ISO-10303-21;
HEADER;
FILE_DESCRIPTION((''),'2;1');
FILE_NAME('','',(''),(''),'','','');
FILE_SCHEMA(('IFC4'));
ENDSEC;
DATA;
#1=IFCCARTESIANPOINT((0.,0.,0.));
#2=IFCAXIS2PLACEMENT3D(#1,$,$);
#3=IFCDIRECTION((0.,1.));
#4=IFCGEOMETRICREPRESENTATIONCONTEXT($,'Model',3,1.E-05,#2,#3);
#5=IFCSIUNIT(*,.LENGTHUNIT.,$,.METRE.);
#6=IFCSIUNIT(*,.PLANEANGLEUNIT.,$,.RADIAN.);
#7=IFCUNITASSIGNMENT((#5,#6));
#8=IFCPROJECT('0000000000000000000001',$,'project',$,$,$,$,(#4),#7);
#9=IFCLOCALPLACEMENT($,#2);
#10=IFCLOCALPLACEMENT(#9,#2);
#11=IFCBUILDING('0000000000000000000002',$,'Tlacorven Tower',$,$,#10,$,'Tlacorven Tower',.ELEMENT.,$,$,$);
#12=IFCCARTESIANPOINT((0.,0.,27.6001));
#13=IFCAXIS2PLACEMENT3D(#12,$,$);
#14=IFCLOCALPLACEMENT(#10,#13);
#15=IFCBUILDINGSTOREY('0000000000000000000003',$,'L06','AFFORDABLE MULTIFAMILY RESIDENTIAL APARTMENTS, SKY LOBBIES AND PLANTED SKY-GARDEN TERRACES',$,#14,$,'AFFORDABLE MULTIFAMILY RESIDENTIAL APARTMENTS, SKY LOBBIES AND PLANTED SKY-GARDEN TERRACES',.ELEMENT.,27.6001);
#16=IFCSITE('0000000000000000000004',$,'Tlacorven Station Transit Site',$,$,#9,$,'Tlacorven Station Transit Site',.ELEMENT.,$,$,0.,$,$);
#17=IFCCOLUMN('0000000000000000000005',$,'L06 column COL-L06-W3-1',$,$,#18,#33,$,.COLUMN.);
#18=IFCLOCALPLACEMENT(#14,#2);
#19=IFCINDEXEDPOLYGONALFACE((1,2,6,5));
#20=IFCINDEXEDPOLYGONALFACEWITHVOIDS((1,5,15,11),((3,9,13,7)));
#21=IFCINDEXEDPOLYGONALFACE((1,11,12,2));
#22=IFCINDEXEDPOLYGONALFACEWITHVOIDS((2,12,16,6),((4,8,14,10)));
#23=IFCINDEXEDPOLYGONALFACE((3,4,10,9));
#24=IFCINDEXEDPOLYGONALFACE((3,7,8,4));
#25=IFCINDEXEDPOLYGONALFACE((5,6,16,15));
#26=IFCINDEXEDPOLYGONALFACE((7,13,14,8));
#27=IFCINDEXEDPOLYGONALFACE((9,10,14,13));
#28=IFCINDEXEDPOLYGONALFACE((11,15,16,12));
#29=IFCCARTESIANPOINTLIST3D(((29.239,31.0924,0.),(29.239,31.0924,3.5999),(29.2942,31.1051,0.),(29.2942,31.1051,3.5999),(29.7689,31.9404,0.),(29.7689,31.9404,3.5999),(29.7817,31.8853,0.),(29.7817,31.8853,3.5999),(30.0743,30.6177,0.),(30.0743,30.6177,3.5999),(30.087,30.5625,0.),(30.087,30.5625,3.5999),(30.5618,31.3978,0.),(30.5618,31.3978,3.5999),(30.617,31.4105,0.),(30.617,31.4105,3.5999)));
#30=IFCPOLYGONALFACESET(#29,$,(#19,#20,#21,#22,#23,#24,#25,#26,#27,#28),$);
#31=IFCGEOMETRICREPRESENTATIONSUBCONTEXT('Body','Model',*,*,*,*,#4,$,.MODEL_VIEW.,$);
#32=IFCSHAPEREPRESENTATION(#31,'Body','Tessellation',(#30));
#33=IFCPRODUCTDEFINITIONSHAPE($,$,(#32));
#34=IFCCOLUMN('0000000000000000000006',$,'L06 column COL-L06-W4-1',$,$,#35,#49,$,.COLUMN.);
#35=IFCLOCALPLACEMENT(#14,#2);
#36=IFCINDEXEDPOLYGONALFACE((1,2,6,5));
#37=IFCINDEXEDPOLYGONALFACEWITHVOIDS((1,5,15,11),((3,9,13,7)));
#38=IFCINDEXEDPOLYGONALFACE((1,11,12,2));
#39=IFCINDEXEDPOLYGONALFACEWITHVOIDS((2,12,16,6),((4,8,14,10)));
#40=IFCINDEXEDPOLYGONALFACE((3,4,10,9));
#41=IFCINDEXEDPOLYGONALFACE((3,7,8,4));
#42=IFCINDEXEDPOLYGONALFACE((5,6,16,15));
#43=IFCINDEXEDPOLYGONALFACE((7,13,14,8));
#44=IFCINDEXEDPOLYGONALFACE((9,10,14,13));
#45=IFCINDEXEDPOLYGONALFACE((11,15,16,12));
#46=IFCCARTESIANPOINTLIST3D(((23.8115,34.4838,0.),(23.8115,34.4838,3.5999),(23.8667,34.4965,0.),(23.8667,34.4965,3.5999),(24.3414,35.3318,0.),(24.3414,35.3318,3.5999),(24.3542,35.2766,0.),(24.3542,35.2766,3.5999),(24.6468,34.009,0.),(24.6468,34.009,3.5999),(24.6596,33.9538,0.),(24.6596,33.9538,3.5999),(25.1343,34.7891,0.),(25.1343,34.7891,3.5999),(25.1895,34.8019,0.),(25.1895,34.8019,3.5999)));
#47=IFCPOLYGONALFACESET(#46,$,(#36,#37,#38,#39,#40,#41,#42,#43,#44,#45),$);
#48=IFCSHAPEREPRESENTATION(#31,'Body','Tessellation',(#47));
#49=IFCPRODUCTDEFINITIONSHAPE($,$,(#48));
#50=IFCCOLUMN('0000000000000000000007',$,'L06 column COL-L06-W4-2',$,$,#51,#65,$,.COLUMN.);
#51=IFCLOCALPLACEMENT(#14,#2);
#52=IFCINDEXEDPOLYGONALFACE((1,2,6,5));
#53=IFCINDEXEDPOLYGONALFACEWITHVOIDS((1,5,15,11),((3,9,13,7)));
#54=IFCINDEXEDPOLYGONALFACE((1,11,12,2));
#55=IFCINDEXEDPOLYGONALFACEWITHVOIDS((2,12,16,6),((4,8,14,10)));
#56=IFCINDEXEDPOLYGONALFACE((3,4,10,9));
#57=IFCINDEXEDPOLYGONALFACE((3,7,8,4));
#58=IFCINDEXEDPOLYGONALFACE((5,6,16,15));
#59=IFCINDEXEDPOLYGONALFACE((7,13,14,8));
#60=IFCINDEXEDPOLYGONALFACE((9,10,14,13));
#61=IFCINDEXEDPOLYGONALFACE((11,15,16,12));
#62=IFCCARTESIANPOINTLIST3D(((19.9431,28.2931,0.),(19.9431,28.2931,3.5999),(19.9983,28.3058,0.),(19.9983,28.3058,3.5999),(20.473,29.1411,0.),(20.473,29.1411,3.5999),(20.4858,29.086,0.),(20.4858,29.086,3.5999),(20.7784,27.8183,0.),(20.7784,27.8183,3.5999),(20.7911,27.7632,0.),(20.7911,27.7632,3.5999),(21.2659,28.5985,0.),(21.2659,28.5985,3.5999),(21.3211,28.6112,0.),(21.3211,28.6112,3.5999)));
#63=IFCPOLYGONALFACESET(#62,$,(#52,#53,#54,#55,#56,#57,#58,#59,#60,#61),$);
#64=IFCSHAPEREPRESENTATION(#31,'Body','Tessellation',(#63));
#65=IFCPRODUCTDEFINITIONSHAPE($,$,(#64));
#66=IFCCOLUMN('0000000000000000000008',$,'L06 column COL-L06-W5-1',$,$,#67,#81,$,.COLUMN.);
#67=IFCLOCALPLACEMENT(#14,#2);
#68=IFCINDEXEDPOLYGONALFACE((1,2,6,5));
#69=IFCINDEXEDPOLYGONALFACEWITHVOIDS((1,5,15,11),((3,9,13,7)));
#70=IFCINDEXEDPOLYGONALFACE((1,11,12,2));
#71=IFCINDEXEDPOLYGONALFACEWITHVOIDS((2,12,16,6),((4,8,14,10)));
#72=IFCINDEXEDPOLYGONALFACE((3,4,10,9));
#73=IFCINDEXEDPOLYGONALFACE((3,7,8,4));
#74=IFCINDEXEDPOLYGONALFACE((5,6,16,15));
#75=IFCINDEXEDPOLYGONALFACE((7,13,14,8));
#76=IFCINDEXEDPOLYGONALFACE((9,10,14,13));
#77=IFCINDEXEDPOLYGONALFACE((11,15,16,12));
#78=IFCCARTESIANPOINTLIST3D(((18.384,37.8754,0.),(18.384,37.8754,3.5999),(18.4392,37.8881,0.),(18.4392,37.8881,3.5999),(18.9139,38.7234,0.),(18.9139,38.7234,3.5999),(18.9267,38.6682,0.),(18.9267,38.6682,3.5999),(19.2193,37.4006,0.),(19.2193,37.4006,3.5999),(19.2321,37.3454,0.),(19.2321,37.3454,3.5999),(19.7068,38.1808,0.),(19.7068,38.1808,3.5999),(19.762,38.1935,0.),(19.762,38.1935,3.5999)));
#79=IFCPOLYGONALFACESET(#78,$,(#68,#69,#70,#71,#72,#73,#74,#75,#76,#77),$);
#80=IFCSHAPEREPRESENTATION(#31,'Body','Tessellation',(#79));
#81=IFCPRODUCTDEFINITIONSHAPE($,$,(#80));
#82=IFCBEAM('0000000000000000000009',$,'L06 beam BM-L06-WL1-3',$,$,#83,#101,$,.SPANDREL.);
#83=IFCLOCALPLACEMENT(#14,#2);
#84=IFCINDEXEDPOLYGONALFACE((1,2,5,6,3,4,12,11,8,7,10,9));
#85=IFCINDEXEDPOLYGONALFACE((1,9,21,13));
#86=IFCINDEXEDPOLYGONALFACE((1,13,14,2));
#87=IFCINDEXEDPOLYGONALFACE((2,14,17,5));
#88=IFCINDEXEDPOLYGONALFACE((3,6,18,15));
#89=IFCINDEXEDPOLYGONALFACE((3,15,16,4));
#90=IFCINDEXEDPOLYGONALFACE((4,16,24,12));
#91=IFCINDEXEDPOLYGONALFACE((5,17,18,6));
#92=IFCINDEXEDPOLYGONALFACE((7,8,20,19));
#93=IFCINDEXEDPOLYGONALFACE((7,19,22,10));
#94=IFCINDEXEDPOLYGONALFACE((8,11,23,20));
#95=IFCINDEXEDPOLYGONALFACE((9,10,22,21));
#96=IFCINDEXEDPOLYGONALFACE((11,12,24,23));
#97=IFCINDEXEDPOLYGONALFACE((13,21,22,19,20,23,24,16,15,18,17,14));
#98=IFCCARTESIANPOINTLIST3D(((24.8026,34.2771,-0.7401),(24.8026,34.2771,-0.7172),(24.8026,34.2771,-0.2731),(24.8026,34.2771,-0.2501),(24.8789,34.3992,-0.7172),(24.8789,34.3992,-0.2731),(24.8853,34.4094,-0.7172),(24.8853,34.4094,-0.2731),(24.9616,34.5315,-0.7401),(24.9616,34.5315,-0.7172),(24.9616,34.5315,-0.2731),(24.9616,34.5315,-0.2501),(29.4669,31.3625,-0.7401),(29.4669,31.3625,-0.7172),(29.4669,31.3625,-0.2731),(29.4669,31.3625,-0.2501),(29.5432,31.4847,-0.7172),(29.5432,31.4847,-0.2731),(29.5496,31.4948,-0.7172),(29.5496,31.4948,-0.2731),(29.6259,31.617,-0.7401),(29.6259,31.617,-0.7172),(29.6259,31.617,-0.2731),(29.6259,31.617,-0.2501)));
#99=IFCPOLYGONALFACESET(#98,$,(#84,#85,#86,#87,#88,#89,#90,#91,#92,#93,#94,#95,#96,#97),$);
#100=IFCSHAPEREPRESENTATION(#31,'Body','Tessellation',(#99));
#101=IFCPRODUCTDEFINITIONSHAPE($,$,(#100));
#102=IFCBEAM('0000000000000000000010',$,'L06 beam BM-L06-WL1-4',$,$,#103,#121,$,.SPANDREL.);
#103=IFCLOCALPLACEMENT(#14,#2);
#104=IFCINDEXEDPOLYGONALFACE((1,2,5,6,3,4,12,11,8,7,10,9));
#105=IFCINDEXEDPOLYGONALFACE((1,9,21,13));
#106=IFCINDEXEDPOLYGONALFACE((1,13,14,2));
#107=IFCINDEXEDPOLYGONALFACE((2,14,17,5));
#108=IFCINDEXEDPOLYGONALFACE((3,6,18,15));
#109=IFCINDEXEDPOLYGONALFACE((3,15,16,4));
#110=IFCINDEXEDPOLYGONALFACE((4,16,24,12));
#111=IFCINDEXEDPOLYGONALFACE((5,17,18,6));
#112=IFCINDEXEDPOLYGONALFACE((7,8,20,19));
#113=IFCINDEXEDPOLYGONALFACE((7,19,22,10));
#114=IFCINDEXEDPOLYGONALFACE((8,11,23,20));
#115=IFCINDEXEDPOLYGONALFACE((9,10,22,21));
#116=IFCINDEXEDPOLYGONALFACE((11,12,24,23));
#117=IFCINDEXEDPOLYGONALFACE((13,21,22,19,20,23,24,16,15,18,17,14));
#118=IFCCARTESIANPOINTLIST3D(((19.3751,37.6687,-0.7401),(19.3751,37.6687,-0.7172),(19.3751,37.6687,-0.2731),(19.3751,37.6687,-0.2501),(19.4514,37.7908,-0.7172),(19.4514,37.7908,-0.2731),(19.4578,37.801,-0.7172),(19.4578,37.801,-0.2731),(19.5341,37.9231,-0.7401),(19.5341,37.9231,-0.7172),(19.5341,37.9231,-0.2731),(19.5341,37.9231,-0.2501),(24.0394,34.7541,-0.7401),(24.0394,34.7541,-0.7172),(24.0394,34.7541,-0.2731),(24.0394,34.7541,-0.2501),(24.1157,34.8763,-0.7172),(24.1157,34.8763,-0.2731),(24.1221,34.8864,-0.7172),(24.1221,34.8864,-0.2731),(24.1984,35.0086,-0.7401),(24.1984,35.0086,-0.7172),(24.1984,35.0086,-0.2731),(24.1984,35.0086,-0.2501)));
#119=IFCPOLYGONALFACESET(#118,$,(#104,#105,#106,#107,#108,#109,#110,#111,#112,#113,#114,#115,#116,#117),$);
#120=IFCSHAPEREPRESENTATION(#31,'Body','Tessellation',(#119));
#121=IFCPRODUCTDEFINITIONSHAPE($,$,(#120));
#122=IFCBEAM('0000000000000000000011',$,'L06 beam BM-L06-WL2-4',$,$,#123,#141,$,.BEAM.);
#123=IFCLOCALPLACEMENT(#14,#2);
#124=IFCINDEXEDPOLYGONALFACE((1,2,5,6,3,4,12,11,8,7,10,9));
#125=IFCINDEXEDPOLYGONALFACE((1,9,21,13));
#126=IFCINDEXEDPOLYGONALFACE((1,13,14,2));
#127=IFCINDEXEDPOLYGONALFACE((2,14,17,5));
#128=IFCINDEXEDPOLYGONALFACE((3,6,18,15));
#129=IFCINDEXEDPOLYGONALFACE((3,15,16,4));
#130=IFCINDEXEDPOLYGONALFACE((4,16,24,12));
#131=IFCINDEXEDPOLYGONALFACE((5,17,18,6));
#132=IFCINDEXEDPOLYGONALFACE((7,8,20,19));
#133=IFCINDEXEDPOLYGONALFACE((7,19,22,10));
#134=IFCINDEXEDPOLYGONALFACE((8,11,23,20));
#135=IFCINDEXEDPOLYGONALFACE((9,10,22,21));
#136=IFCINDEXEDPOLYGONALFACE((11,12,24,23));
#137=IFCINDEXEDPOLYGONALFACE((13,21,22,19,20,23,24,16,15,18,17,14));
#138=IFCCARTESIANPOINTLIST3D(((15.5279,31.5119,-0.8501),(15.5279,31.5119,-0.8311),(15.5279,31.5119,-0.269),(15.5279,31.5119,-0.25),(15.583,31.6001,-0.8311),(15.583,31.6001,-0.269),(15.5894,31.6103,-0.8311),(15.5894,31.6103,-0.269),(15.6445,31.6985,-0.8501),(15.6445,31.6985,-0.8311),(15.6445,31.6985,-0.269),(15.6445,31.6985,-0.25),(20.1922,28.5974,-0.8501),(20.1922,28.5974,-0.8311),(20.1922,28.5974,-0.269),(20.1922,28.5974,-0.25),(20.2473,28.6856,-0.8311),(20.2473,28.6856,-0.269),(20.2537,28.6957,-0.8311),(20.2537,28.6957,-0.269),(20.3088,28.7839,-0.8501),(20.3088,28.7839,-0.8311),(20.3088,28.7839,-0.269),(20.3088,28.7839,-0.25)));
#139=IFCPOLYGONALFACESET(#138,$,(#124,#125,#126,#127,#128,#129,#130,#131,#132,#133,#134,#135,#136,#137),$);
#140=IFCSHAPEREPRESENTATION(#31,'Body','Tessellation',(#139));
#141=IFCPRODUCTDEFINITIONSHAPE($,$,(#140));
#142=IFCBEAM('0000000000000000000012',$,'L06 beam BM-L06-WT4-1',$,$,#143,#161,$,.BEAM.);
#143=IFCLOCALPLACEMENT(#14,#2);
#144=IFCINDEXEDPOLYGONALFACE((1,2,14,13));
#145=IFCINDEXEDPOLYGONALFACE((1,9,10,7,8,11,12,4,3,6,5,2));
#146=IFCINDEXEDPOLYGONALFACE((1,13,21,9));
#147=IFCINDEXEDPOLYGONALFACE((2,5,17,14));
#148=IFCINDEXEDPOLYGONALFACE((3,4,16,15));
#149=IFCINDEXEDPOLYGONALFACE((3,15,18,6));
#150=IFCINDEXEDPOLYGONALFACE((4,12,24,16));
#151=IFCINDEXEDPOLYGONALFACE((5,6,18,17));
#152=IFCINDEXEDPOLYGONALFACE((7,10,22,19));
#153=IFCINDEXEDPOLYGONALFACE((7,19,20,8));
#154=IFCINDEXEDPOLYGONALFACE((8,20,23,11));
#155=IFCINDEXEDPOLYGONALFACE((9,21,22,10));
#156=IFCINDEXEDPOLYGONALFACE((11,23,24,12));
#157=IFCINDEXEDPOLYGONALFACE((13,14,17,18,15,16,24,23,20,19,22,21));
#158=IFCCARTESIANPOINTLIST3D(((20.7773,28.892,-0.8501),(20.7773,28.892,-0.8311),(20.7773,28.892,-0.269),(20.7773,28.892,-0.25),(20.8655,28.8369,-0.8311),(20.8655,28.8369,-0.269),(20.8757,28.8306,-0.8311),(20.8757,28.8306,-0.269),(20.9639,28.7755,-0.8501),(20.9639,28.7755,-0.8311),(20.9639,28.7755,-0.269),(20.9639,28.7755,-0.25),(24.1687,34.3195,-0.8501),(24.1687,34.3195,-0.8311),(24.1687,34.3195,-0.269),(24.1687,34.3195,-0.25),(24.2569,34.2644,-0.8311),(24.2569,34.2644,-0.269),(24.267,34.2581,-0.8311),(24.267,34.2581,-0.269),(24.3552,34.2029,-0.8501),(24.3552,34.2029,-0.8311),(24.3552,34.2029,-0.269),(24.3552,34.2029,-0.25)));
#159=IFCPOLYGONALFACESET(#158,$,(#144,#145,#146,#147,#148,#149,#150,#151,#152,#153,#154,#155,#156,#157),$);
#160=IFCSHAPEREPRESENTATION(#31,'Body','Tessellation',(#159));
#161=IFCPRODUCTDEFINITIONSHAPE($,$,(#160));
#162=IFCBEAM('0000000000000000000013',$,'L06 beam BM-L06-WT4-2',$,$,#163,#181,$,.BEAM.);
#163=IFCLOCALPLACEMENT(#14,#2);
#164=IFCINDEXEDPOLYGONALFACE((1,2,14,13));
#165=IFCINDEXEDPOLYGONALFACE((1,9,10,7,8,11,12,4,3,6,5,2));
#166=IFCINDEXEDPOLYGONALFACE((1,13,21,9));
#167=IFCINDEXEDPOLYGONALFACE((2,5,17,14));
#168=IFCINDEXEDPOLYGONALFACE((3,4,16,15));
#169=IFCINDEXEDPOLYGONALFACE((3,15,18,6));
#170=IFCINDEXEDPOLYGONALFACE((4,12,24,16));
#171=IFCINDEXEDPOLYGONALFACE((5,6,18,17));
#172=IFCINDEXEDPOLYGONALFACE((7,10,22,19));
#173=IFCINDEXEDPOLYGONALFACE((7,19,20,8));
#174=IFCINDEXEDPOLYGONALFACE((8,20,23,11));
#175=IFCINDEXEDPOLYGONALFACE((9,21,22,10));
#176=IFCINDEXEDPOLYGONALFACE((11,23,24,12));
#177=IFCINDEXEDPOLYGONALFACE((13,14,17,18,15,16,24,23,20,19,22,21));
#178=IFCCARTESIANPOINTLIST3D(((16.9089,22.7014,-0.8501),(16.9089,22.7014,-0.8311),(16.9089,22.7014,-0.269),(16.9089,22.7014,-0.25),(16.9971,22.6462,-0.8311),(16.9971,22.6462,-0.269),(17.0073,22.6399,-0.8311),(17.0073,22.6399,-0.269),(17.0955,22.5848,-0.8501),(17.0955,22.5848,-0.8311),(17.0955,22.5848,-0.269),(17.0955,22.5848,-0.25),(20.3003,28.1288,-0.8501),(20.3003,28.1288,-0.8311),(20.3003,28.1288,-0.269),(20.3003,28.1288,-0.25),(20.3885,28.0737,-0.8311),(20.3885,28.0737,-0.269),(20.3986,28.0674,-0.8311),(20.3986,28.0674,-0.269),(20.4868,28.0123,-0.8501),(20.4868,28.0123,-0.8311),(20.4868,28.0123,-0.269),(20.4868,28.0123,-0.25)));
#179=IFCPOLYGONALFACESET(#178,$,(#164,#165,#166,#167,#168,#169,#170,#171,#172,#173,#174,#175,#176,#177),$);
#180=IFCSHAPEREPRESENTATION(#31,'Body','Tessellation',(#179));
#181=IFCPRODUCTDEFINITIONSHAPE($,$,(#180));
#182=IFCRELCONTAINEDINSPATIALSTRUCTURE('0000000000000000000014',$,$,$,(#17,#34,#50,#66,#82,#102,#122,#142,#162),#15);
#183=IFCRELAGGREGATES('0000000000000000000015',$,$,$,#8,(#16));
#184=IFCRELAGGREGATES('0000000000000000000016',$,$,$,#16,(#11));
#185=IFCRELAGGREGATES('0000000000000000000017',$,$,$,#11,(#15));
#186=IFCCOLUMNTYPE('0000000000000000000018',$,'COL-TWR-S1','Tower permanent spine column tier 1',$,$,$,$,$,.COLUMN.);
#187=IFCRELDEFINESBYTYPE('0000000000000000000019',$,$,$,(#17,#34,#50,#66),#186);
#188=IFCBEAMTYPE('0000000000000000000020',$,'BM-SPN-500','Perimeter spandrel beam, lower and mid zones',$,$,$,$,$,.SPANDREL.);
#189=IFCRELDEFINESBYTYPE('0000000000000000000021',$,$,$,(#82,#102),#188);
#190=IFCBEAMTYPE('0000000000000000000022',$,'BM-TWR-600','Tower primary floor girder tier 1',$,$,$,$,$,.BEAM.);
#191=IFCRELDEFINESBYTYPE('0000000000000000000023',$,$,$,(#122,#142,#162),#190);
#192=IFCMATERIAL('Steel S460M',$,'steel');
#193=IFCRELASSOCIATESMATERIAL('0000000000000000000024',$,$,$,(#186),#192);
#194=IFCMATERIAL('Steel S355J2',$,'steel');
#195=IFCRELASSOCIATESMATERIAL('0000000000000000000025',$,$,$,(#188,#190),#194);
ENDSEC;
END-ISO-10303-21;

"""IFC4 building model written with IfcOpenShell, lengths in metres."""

from ifc_helpers import new_model, si_unit, direction, frame, origin, origin_2d, place, context, subcontext, project, spatial, hollow_rectangle, i_section, extrude, source, transform, mapped, material, material_profile, profile_set, type_object, element, save


model = new_model("IFC4")

# Units and contexts
model_context = context("Model", 3, precision=1e-05, world=origin(), true_north=direction((0.0, 1.0)))
body_context = subcontext(model_context, "Body", "Model", "MODEL_VIEW")
ifc_project = project(units=[si_unit("LENGTHUNIT", "METRE"), si_unit("PLANEANGLEUNIT", "RADIAN")], contexts=[model_context])

# Site, building, storey
site_placement = place(None, origin())
site = spatial("IfcSite", under=ifc_project, at=site_placement, Name="Tlacorven Station Transit Site", LongName="Tlacorven Station Transit Site", CompositionType="ELEMENT", RefElevation=0.0)
building_placement = place(site_placement, origin())
building = spatial("IfcBuilding", under=site, at=building_placement, Name="Tlacorven Tower", LongName="Tlacorven Tower", CompositionType="ELEMENT")
storey_placement = place(building_placement, frame((0.0, 0.0, 27.6001)))
storey = spatial("IfcBuildingStorey", under=building, at=storey_placement, Name="L06", Description="AFFORDABLE MULTIFAMILY RESIDENTIAL APARTMENTS, SKY LOBBIES AND PLANTED SKY-GARDEN TERRACES", LongName="AFFORDABLE MULTIFAMILY RESIDENTIAL APARTMENTS, SKY LOBBIES AND PLANTED SKY-GARDEN TERRACES", CompositionType="ELEMENT", Elevation=27.6001)

# Columns
ifc_material_1 = material(Name="Steel S460M", Category="steel")
ifc_material_profile_1 = material_profile(ifc_material_1, hollow_rectangle(XDim=1.0, YDim=1.0, WallThickness=0.04, at=origin_2d()), Name="BOX 1000X1000X40")
ifc_profile_set_1 = profile_set([ifc_material_profile_1], Name="Steel S460M")
column_type = type_object("IfcColumnType", Name="COL-TWR-S1", Description="Tower permanent spine column tier 1", PredefinedType="COLUMN", material=ifc_profile_set_1)
shared_shape_1 = source(origin(), body_context, "Body", "SweptSolid", [
    extrude(hollow_rectangle(XDim=1.0, YDim=1.0, WallThickness=0.04, at=origin_2d()), origin(), (0.0, 0.0, 1.0), 3.5999),
])
for number, where, z_axis, x_axis, name in (
    (1, (29.928, 31.2515, 0.0), (0.0, 0.0, 1.0), (-0.848048, 0.529919, 0.0), "L06 column COL-L06-W3-1"),
    (2, (24.5005, 34.6428, 0.0), (0.0, 0.0, 1.0), (-0.848048, 0.529919, 0.0), "L06 column COL-L06-W4-1"),
    (3, (20.6321, 28.4521, 0.0), (0.0, 0.0, 1.0), (-0.848048, 0.529919, 0.0), "L06 column COL-L06-W4-2"),
    (4, (19.073, 38.0344, 0.0), (0.0, 0.0, 1.0), (-0.848048, 0.529919, 0.0), "L06 column COL-L06-W5-1"),
):
    element("IfcColumn", number, at=place(storey_placement, frame(where, z_axis=z_axis, x_axis=x_axis)), inside=storey, type_object=column_type, Name=name, PredefinedType="COLUMN", context=body_context, shape_type="MappedRepresentation", body=[
        mapped(shared_shape_1, transform((0.0, 0.0, 0.0), scale=1.0)),
    ])

# Beams
ifc_material_2 = material(Name="Steel S355J2", Category="steel")
ifc_material_profile_2 = material_profile(ifc_material_2, i_section(OverallWidth=0.3, OverallDepth=0.49, WebThickness=0.012, FlangeThickness=0.0229, at=origin_2d()), Name="HEA 500")
ifc_profile_set_2 = profile_set([ifc_material_profile_2], Name="Steel S355J2")
beam_type_1 = type_object("IfcBeamType", Name="BM-SPN-500", Description="Perimeter spandrel beam, lower and mid zones", PredefinedType="SPANDREL", material=ifc_profile_set_2)
shared_shape_2 = source(origin(), body_context, "Body", "SweptSolid", [
    extrude(i_section(OverallWidth=0.3, OverallDepth=0.49, WebThickness=0.012, FlangeThickness=0.0229, at=origin_2d()), origin(), (0.0, 0.0, 1.0), 5.5),
])
for number, where, z_axis, x_axis, name in (
    (5, (29.5464, 31.4897, -0.4951), (-0.848051, 0.529915, 0.0), (-0.529915, -0.848051, 0.0), "L06 beam BM-L06-WL1-3"),
    (6, (24.1189, 34.8813, -0.4951), (-0.848051, 0.529915, 0.0), (-0.529915, -0.848051, 0.0), "L06 beam BM-L06-WL1-4"),
):
    element("IfcBeam", number, at=place(storey_placement, frame(where, z_axis=z_axis, x_axis=x_axis)), inside=storey, type_object=beam_type_1, Name=name, PredefinedType="SPANDREL", context=body_context, shape_type="MappedRepresentation", body=[
        mapped(shared_shape_2, transform((0.0, 0.0, 0.0), scale=1.0)),
    ])
ifc_material_profile_3 = material_profile(ifc_material_2, i_section(OverallWidth=0.22, OverallDepth=0.6001, WebThickness=0.012, FlangeThickness=0.019, at=origin_2d()), Name="IPE 600")
ifc_profile_set_3 = profile_set([ifc_material_profile_3], Name="Steel S355J2")
beam_type_2 = type_object("IfcBeamType", Name="BM-TWR-600", Description="Tower primary floor girder tier 1", PredefinedType="BEAM", material=ifc_profile_set_3)
shared_shape_3 = source(origin(), body_context, "Body", "SweptSolid", [
    extrude(i_section(OverallWidth=0.22, OverallDepth=0.6001, WebThickness=0.012, FlangeThickness=0.019, at=origin_2d()), origin(), (0.0, 0.0, 1.0), 5.5),
])
beam_placement = place(storey_placement, frame((20.2505, 28.6907, -0.55), z_axis=(-0.848051, 0.529915, 0.0), x_axis=(-0.529915, -0.848051, 0.0)))
element("IfcBeam", 7, at=beam_placement, inside=storey, type_object=beam_type_2, Name="L06 beam BM-L06-WL2-4", PredefinedType="BEAM", context=body_context, shape_type="MappedRepresentation", body=[
    mapped(shared_shape_3, transform((0.0, 0.0, 0.0), scale=1.0)),
])
shared_shape_4 = source(origin(), body_context, "Body", "SweptSolid", [
    extrude(i_section(OverallWidth=0.22, OverallDepth=0.6001, WebThickness=0.012, FlangeThickness=0.019, at=origin_2d()), origin(), (0.0, 0.0, 1.0), 6.3999),
])
for number, where, z_axis, x_axis, name in (
    (8, (24.262, 34.2612, -0.55), (-0.529906, -0.848056, 0.0), (0.848056, -0.529906, 0.0), "L06 beam BM-L06-WT4-1"),
    (9, (20.3936, 28.0706, -0.55), (-0.529906, -0.848056, 0.0), (0.848056, -0.529906, 0.0), "L06 beam BM-L06-WT4-2"),
):
    element("IfcBeam", number, at=place(storey_placement, frame(where, z_axis=z_axis, x_axis=x_axis)), inside=storey, type_object=beam_type_2, Name=name, PredefinedType="BEAM", context=body_context, shape_type="MappedRepresentation", body=[
        mapped(shared_shape_4, transform((0.0, 0.0, 0.0), scale=1.0)),
    ])

save(model, "model.ifc")
